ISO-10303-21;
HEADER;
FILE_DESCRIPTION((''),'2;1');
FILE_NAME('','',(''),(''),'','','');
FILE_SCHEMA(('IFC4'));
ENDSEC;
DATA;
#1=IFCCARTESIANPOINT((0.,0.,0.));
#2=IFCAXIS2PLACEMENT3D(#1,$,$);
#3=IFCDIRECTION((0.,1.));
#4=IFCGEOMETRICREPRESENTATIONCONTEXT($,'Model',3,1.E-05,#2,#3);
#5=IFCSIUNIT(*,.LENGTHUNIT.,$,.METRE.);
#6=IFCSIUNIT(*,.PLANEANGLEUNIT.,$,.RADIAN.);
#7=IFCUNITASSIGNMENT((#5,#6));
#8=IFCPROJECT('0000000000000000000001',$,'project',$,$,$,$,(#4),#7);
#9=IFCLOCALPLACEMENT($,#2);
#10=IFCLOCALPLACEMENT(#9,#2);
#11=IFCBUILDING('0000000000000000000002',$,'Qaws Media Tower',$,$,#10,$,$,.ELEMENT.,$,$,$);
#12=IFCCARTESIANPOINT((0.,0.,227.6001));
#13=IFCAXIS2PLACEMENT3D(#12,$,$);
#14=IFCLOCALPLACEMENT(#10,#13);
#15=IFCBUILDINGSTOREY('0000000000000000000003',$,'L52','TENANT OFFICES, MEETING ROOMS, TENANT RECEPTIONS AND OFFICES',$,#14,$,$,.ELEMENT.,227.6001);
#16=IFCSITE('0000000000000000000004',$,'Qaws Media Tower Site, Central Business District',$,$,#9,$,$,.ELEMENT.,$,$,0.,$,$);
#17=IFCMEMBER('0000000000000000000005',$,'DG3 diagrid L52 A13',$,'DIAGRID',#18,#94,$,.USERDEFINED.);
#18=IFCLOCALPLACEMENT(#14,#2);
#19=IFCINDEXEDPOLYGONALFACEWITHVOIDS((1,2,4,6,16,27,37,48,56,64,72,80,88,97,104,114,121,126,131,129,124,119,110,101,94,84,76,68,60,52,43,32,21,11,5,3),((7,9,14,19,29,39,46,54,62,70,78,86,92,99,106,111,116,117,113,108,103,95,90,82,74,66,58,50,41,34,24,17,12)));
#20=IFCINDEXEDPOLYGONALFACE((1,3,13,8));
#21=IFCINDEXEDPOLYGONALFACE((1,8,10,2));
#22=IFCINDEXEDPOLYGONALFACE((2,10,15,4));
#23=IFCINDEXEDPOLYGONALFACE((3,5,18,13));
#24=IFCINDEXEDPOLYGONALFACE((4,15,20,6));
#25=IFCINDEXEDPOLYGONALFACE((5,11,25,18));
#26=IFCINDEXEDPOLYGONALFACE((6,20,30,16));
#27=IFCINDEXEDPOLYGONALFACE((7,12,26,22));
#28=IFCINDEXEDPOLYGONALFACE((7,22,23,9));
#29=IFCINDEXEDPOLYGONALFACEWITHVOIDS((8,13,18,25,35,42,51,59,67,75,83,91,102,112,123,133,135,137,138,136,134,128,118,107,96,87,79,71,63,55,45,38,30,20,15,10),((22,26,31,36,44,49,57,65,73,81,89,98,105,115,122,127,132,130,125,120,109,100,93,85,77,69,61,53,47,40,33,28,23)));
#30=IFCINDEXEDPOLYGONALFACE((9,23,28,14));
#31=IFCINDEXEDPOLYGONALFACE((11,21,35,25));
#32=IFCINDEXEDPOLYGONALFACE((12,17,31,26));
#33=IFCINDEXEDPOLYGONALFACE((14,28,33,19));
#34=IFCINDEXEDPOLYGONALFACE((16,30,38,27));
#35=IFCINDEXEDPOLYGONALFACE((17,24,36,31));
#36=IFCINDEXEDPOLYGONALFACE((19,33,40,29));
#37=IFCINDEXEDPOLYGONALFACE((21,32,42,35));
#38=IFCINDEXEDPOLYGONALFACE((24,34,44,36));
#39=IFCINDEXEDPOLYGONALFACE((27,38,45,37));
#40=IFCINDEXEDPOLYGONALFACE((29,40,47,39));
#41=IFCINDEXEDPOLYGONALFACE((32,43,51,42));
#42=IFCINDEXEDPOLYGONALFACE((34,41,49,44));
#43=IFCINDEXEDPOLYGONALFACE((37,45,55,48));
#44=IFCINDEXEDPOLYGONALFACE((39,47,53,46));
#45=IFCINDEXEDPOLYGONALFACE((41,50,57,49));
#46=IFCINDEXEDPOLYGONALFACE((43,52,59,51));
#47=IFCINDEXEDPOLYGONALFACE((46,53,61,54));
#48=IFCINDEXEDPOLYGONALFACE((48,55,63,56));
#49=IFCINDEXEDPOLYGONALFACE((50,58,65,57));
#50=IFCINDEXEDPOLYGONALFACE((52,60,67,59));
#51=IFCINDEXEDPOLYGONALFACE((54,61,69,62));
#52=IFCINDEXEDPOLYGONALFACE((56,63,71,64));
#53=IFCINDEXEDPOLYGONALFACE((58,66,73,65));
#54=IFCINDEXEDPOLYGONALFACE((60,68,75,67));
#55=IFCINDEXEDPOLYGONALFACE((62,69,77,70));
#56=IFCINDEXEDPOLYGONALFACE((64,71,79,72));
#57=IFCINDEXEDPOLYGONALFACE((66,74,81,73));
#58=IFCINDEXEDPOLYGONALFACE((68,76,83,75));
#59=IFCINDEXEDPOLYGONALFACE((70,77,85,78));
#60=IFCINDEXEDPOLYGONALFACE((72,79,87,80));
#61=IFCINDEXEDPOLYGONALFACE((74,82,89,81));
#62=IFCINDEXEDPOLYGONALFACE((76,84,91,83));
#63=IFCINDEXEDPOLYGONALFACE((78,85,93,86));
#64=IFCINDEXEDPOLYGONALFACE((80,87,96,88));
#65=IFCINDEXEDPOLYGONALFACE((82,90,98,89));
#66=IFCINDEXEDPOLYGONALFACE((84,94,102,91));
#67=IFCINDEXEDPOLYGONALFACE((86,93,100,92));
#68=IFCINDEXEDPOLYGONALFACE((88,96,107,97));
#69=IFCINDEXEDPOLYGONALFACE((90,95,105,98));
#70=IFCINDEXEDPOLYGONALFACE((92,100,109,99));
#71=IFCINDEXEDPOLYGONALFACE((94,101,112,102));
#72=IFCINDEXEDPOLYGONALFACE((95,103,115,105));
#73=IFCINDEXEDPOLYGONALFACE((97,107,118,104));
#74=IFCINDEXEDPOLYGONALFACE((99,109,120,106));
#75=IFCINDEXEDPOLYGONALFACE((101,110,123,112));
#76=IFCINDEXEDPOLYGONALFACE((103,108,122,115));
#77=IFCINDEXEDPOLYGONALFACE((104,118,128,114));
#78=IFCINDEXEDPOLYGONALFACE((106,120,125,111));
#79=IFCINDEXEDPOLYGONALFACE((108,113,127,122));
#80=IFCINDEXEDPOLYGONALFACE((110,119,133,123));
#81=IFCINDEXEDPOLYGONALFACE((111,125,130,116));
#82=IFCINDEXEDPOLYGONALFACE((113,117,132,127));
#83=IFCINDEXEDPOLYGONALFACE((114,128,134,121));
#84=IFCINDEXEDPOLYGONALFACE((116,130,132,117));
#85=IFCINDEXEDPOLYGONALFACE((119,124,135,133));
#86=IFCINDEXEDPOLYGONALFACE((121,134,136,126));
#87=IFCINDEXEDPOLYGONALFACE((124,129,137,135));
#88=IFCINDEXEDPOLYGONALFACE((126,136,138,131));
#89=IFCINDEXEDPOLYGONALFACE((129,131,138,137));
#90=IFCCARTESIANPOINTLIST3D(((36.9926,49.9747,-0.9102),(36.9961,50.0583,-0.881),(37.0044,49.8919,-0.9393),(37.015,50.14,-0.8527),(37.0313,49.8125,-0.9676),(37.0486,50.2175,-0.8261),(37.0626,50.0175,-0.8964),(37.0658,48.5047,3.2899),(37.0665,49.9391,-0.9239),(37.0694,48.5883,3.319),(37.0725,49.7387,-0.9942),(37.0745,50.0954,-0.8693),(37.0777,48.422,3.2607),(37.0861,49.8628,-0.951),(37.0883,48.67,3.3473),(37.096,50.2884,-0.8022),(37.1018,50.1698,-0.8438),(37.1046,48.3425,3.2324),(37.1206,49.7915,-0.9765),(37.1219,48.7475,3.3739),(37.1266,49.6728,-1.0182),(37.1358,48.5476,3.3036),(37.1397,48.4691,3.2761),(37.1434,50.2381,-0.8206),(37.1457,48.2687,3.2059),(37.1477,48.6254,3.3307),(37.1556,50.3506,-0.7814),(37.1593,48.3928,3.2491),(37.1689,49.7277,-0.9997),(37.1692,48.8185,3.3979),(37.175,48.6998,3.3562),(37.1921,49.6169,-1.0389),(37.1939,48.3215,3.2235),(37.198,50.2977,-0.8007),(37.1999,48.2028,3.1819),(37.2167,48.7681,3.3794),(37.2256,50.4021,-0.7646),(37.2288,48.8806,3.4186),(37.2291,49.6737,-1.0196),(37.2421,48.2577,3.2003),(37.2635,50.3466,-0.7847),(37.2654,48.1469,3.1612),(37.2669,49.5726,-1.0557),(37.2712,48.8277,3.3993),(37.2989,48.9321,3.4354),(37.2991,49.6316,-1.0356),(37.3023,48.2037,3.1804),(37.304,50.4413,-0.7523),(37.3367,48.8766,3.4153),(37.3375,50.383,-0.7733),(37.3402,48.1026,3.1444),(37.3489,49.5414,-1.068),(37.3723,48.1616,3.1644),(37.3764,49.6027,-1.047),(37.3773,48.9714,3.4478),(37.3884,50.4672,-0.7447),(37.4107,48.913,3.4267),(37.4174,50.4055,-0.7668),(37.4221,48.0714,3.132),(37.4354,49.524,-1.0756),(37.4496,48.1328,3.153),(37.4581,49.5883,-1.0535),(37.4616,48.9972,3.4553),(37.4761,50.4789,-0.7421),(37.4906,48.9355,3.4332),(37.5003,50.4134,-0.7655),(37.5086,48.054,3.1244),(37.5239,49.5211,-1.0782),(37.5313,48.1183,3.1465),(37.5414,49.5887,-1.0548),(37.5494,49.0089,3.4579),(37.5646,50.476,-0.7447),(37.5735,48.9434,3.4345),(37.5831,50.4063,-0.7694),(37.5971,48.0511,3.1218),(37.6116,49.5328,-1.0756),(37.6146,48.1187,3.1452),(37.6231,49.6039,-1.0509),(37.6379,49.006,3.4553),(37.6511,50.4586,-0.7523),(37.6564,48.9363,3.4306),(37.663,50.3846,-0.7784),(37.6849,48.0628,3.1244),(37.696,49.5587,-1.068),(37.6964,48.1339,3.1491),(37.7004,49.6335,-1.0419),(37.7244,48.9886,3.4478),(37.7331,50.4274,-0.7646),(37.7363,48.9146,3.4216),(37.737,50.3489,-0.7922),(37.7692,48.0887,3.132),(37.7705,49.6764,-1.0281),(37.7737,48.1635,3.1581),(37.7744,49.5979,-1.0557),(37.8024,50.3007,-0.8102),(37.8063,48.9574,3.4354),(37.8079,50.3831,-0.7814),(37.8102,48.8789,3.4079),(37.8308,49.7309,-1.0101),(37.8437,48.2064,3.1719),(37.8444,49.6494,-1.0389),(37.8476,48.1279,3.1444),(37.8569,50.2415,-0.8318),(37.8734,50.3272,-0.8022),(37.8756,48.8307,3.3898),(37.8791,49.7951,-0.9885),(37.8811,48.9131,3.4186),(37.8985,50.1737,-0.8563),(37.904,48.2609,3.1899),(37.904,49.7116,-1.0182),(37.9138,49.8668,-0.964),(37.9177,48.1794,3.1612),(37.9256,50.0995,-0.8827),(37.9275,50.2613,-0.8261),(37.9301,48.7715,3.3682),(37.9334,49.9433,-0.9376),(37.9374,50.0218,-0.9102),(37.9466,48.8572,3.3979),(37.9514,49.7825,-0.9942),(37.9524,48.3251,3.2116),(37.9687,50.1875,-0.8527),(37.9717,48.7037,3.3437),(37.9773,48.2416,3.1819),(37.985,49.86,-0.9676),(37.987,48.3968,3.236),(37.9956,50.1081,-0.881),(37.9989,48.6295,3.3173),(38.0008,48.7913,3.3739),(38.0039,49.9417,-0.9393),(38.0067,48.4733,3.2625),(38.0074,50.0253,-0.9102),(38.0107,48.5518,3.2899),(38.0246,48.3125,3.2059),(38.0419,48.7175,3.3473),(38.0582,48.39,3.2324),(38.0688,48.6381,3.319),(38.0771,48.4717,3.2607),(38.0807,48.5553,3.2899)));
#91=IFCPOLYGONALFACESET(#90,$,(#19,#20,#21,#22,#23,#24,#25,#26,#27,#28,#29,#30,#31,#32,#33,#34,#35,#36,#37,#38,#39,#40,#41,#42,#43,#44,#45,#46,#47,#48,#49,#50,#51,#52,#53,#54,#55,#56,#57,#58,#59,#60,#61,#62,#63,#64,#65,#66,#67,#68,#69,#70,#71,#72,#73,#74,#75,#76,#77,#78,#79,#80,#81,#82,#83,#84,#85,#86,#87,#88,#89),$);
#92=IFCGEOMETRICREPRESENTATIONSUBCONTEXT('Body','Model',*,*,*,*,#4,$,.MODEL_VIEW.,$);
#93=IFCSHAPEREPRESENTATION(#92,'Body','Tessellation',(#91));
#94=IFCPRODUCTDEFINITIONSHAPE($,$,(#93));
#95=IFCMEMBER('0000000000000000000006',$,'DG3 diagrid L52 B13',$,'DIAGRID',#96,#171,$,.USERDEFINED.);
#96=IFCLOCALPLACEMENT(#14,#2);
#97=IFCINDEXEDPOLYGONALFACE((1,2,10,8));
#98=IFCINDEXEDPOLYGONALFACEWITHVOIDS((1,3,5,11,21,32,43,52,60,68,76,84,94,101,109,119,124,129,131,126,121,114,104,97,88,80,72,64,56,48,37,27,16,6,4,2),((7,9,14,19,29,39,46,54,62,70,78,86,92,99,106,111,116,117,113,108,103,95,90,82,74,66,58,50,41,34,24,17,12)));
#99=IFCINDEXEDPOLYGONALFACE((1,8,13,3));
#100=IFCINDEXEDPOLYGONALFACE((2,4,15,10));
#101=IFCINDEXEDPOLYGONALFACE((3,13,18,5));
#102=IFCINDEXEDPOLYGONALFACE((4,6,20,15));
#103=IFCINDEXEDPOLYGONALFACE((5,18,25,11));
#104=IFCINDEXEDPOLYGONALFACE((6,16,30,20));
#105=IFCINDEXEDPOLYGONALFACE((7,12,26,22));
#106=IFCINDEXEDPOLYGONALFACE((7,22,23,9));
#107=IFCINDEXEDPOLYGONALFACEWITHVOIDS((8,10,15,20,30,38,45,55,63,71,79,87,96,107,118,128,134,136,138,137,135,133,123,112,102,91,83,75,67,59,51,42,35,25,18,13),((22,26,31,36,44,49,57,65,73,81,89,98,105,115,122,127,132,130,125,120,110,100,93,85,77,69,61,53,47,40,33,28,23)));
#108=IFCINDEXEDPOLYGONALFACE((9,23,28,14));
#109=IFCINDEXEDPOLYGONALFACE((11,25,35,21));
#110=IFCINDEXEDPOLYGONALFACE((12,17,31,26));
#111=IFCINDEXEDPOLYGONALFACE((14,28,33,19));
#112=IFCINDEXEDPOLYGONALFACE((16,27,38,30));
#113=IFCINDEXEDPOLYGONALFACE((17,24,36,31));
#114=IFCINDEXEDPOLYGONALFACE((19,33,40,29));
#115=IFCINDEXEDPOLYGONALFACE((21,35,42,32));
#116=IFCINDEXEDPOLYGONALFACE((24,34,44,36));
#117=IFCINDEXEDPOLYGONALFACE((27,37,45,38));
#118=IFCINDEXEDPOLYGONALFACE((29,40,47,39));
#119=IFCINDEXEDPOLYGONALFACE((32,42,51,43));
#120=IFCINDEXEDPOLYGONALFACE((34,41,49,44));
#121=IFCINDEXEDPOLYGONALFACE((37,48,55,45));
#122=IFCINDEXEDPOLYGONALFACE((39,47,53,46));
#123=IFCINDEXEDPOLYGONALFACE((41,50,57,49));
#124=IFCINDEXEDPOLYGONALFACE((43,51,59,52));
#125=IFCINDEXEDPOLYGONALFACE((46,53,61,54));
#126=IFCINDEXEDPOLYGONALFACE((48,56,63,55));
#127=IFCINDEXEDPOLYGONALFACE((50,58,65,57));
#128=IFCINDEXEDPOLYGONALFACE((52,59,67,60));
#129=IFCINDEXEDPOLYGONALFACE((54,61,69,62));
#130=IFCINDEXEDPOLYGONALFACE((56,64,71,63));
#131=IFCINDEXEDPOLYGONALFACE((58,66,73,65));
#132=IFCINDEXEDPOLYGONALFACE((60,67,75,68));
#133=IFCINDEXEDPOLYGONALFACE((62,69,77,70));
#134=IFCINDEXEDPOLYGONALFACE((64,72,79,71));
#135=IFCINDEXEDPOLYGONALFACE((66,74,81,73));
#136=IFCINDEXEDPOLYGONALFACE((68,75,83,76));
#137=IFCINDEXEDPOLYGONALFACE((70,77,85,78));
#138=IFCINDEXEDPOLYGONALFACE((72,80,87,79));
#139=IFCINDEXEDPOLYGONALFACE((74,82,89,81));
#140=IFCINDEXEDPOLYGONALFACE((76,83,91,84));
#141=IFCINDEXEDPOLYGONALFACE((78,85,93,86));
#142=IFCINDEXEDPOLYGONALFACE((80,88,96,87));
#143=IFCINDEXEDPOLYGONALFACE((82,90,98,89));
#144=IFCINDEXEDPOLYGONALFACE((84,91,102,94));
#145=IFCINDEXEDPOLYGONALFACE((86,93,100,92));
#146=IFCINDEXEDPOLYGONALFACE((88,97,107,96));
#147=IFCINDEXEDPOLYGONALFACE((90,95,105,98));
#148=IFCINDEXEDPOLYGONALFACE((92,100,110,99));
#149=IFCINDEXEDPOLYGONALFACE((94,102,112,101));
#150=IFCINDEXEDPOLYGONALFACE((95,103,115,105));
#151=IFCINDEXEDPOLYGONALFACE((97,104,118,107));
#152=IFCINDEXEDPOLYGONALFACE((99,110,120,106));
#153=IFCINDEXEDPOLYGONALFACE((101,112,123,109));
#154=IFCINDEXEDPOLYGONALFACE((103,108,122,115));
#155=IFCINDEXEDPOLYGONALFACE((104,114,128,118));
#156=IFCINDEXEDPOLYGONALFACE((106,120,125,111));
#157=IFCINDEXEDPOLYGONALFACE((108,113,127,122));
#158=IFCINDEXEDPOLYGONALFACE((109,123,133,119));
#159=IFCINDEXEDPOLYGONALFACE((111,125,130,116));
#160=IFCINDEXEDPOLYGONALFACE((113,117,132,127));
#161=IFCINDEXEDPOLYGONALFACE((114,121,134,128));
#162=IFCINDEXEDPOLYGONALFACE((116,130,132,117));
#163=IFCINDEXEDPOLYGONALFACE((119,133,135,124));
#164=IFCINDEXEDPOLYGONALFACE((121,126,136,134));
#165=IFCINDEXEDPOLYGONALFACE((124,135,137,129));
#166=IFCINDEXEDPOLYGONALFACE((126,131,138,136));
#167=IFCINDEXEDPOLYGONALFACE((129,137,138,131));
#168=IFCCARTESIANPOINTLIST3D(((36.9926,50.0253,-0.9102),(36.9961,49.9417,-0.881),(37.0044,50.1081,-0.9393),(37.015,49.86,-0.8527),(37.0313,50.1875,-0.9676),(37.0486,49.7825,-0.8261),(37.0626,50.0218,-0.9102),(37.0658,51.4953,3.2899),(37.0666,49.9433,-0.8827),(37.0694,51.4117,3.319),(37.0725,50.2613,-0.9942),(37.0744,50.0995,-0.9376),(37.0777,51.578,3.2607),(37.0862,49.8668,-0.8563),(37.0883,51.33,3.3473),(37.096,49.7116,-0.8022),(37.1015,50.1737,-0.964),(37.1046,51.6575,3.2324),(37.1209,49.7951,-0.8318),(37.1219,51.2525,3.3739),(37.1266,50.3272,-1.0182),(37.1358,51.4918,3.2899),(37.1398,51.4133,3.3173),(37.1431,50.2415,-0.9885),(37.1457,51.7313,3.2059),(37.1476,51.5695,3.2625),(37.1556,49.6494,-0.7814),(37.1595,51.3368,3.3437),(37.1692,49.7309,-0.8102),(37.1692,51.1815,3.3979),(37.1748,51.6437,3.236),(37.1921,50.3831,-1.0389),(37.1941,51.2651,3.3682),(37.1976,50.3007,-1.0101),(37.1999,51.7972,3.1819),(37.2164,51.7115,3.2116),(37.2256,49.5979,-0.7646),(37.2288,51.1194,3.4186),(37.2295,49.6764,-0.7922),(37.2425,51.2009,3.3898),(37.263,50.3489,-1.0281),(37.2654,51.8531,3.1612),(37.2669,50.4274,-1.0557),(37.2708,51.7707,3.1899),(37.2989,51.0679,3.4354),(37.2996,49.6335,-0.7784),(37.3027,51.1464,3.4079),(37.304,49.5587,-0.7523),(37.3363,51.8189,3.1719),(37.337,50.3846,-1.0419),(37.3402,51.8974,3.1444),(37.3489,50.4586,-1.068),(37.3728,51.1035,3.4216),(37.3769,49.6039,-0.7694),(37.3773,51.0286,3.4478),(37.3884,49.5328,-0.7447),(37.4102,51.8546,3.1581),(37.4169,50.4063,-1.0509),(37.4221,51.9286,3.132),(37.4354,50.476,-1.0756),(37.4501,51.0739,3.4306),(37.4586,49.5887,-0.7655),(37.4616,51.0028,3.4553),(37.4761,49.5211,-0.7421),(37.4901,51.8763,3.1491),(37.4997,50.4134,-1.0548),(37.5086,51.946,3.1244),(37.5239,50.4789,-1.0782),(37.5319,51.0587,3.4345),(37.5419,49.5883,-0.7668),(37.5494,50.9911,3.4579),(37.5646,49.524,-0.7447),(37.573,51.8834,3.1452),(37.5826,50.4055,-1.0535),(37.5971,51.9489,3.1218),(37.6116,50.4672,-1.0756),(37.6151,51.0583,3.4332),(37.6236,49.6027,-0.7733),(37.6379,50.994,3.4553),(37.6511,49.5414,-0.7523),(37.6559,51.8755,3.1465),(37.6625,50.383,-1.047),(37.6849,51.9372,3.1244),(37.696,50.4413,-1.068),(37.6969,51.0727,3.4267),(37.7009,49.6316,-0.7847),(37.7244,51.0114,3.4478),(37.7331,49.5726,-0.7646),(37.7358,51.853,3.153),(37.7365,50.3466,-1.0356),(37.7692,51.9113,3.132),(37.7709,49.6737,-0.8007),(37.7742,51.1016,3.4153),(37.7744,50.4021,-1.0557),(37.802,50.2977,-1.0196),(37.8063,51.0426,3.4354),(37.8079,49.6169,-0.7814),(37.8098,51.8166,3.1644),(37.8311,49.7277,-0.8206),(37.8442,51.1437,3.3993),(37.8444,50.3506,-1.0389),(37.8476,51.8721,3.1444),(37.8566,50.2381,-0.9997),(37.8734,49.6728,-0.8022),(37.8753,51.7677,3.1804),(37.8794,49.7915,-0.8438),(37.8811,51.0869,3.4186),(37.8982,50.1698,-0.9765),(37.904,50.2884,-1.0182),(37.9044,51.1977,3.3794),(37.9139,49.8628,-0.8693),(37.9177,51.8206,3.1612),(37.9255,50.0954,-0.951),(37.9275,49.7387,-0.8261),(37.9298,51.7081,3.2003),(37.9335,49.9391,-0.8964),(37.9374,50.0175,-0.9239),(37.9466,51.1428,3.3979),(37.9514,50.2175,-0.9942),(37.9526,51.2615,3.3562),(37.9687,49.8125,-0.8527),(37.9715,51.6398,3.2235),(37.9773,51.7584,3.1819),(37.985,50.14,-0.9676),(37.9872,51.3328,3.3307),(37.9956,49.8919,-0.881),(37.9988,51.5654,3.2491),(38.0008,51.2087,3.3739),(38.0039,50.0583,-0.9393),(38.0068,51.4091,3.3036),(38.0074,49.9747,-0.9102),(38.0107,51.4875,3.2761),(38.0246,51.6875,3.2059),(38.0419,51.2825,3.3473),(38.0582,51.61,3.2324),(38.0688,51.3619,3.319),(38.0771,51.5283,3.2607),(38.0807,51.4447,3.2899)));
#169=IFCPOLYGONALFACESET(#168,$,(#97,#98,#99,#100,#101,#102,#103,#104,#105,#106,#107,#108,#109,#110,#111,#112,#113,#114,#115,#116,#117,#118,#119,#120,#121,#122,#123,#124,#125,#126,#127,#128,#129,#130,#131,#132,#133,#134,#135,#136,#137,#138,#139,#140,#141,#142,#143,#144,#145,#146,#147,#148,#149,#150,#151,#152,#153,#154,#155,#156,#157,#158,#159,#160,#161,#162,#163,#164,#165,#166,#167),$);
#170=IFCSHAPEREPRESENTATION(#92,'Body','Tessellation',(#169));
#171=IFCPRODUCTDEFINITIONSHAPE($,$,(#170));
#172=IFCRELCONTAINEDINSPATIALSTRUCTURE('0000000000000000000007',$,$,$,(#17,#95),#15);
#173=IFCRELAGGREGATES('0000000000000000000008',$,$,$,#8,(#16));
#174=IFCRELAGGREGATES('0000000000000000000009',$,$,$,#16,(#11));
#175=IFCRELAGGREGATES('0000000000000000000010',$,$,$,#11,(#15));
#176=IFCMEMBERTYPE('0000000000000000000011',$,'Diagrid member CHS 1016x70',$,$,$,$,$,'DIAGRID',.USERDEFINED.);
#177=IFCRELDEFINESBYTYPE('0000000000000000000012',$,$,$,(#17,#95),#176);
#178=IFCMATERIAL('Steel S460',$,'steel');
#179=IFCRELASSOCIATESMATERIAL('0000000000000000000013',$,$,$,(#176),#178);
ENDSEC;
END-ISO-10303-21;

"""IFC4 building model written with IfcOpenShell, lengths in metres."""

from ifc_helpers import new_model, si_unit, direction, frame, origin, origin_2d, place, context, subcontext, project, spatial, hollow_circle, extrude, material, material_profile, profile_set, type_object, element, save


model = new_model("IFC4")

# Units and contexts
model_context = context("Model", 3, precision=1e-05, world=origin(), true_north=direction((0.0, 1.0)))
body_context = subcontext(model_context, "Body", "Model", "MODEL_VIEW")
ifc_project = project(units=[si_unit("LENGTHUNIT", "METRE"), si_unit("PLANEANGLEUNIT", "RADIAN")], contexts=[model_context])

# Site, building, storey
site_placement = place(None, origin())
site = spatial("IfcSite", under=ifc_project, at=site_placement, Name="Qaws Media Tower Site, Central Business District", CompositionType="ELEMENT", RefElevation=0.0)
building_placement = place(site_placement, origin())
building = spatial("IfcBuilding", under=site, at=building_placement, Name="Qaws Media Tower", CompositionType="ELEMENT")
storey_placement = place(building_placement, frame((0.0, 0.0, 227.6001)))
storey = spatial("IfcBuildingStorey", under=building, at=storey_placement, Name="L52", Description="TENANT OFFICES, MEETING ROOMS, TENANT RECEPTIONS AND OFFICES", CompositionType="ELEMENT", Elevation=227.6001)

# Members
ifc_material_1 = material(Name="Steel S460", Category="steel")
ifc_material_profile_1 = material_profile(ifc_material_1, hollow_circle(Radius=0.5081, WallThickness=0.0701, at=origin_2d()), Name="CHS 1016x70")
ifc_profile_set_1 = profile_set([ifc_material_profile_1], Name="Steel S460")
member_type_1 = type_object("IfcMemberType", Name="Diagrid member CHS 1016x70", ElementType="DIAGRID", PredefinedType="USERDEFINED", material=ifc_profile_set_1)
for number, where, z_axis, x_axis, name in (
    (1, (37.5, 50.0, -0.9102), (0.016458, -0.330303, 0.943731), (0.998761, 0.049764, 0.0), "DG3 diagrid L52 A13"),
    (2, (37.5, 50.0, -0.9102), (0.016458, 0.330303, 0.943731), (-0.998761, 0.049764, 0.0), "DG3 diagrid L52 B13"),
):
    element("IfcMember", number, at=place(storey_placement, frame(where, z_axis=z_axis, x_axis=x_axis)), inside=storey, type_object=member_type_1, Name=name, ObjectType="DIAGRID", PredefinedType="USERDEFINED", context=body_context, shape_type="SweptSolid", body=[
        extrude(hollow_circle(Radius=0.5081, WallThickness=0.0701, at=origin_2d()), origin(), (0.0, 0.0, 1.0), 4.4504),
    ])

save(model, "model.ifc")
